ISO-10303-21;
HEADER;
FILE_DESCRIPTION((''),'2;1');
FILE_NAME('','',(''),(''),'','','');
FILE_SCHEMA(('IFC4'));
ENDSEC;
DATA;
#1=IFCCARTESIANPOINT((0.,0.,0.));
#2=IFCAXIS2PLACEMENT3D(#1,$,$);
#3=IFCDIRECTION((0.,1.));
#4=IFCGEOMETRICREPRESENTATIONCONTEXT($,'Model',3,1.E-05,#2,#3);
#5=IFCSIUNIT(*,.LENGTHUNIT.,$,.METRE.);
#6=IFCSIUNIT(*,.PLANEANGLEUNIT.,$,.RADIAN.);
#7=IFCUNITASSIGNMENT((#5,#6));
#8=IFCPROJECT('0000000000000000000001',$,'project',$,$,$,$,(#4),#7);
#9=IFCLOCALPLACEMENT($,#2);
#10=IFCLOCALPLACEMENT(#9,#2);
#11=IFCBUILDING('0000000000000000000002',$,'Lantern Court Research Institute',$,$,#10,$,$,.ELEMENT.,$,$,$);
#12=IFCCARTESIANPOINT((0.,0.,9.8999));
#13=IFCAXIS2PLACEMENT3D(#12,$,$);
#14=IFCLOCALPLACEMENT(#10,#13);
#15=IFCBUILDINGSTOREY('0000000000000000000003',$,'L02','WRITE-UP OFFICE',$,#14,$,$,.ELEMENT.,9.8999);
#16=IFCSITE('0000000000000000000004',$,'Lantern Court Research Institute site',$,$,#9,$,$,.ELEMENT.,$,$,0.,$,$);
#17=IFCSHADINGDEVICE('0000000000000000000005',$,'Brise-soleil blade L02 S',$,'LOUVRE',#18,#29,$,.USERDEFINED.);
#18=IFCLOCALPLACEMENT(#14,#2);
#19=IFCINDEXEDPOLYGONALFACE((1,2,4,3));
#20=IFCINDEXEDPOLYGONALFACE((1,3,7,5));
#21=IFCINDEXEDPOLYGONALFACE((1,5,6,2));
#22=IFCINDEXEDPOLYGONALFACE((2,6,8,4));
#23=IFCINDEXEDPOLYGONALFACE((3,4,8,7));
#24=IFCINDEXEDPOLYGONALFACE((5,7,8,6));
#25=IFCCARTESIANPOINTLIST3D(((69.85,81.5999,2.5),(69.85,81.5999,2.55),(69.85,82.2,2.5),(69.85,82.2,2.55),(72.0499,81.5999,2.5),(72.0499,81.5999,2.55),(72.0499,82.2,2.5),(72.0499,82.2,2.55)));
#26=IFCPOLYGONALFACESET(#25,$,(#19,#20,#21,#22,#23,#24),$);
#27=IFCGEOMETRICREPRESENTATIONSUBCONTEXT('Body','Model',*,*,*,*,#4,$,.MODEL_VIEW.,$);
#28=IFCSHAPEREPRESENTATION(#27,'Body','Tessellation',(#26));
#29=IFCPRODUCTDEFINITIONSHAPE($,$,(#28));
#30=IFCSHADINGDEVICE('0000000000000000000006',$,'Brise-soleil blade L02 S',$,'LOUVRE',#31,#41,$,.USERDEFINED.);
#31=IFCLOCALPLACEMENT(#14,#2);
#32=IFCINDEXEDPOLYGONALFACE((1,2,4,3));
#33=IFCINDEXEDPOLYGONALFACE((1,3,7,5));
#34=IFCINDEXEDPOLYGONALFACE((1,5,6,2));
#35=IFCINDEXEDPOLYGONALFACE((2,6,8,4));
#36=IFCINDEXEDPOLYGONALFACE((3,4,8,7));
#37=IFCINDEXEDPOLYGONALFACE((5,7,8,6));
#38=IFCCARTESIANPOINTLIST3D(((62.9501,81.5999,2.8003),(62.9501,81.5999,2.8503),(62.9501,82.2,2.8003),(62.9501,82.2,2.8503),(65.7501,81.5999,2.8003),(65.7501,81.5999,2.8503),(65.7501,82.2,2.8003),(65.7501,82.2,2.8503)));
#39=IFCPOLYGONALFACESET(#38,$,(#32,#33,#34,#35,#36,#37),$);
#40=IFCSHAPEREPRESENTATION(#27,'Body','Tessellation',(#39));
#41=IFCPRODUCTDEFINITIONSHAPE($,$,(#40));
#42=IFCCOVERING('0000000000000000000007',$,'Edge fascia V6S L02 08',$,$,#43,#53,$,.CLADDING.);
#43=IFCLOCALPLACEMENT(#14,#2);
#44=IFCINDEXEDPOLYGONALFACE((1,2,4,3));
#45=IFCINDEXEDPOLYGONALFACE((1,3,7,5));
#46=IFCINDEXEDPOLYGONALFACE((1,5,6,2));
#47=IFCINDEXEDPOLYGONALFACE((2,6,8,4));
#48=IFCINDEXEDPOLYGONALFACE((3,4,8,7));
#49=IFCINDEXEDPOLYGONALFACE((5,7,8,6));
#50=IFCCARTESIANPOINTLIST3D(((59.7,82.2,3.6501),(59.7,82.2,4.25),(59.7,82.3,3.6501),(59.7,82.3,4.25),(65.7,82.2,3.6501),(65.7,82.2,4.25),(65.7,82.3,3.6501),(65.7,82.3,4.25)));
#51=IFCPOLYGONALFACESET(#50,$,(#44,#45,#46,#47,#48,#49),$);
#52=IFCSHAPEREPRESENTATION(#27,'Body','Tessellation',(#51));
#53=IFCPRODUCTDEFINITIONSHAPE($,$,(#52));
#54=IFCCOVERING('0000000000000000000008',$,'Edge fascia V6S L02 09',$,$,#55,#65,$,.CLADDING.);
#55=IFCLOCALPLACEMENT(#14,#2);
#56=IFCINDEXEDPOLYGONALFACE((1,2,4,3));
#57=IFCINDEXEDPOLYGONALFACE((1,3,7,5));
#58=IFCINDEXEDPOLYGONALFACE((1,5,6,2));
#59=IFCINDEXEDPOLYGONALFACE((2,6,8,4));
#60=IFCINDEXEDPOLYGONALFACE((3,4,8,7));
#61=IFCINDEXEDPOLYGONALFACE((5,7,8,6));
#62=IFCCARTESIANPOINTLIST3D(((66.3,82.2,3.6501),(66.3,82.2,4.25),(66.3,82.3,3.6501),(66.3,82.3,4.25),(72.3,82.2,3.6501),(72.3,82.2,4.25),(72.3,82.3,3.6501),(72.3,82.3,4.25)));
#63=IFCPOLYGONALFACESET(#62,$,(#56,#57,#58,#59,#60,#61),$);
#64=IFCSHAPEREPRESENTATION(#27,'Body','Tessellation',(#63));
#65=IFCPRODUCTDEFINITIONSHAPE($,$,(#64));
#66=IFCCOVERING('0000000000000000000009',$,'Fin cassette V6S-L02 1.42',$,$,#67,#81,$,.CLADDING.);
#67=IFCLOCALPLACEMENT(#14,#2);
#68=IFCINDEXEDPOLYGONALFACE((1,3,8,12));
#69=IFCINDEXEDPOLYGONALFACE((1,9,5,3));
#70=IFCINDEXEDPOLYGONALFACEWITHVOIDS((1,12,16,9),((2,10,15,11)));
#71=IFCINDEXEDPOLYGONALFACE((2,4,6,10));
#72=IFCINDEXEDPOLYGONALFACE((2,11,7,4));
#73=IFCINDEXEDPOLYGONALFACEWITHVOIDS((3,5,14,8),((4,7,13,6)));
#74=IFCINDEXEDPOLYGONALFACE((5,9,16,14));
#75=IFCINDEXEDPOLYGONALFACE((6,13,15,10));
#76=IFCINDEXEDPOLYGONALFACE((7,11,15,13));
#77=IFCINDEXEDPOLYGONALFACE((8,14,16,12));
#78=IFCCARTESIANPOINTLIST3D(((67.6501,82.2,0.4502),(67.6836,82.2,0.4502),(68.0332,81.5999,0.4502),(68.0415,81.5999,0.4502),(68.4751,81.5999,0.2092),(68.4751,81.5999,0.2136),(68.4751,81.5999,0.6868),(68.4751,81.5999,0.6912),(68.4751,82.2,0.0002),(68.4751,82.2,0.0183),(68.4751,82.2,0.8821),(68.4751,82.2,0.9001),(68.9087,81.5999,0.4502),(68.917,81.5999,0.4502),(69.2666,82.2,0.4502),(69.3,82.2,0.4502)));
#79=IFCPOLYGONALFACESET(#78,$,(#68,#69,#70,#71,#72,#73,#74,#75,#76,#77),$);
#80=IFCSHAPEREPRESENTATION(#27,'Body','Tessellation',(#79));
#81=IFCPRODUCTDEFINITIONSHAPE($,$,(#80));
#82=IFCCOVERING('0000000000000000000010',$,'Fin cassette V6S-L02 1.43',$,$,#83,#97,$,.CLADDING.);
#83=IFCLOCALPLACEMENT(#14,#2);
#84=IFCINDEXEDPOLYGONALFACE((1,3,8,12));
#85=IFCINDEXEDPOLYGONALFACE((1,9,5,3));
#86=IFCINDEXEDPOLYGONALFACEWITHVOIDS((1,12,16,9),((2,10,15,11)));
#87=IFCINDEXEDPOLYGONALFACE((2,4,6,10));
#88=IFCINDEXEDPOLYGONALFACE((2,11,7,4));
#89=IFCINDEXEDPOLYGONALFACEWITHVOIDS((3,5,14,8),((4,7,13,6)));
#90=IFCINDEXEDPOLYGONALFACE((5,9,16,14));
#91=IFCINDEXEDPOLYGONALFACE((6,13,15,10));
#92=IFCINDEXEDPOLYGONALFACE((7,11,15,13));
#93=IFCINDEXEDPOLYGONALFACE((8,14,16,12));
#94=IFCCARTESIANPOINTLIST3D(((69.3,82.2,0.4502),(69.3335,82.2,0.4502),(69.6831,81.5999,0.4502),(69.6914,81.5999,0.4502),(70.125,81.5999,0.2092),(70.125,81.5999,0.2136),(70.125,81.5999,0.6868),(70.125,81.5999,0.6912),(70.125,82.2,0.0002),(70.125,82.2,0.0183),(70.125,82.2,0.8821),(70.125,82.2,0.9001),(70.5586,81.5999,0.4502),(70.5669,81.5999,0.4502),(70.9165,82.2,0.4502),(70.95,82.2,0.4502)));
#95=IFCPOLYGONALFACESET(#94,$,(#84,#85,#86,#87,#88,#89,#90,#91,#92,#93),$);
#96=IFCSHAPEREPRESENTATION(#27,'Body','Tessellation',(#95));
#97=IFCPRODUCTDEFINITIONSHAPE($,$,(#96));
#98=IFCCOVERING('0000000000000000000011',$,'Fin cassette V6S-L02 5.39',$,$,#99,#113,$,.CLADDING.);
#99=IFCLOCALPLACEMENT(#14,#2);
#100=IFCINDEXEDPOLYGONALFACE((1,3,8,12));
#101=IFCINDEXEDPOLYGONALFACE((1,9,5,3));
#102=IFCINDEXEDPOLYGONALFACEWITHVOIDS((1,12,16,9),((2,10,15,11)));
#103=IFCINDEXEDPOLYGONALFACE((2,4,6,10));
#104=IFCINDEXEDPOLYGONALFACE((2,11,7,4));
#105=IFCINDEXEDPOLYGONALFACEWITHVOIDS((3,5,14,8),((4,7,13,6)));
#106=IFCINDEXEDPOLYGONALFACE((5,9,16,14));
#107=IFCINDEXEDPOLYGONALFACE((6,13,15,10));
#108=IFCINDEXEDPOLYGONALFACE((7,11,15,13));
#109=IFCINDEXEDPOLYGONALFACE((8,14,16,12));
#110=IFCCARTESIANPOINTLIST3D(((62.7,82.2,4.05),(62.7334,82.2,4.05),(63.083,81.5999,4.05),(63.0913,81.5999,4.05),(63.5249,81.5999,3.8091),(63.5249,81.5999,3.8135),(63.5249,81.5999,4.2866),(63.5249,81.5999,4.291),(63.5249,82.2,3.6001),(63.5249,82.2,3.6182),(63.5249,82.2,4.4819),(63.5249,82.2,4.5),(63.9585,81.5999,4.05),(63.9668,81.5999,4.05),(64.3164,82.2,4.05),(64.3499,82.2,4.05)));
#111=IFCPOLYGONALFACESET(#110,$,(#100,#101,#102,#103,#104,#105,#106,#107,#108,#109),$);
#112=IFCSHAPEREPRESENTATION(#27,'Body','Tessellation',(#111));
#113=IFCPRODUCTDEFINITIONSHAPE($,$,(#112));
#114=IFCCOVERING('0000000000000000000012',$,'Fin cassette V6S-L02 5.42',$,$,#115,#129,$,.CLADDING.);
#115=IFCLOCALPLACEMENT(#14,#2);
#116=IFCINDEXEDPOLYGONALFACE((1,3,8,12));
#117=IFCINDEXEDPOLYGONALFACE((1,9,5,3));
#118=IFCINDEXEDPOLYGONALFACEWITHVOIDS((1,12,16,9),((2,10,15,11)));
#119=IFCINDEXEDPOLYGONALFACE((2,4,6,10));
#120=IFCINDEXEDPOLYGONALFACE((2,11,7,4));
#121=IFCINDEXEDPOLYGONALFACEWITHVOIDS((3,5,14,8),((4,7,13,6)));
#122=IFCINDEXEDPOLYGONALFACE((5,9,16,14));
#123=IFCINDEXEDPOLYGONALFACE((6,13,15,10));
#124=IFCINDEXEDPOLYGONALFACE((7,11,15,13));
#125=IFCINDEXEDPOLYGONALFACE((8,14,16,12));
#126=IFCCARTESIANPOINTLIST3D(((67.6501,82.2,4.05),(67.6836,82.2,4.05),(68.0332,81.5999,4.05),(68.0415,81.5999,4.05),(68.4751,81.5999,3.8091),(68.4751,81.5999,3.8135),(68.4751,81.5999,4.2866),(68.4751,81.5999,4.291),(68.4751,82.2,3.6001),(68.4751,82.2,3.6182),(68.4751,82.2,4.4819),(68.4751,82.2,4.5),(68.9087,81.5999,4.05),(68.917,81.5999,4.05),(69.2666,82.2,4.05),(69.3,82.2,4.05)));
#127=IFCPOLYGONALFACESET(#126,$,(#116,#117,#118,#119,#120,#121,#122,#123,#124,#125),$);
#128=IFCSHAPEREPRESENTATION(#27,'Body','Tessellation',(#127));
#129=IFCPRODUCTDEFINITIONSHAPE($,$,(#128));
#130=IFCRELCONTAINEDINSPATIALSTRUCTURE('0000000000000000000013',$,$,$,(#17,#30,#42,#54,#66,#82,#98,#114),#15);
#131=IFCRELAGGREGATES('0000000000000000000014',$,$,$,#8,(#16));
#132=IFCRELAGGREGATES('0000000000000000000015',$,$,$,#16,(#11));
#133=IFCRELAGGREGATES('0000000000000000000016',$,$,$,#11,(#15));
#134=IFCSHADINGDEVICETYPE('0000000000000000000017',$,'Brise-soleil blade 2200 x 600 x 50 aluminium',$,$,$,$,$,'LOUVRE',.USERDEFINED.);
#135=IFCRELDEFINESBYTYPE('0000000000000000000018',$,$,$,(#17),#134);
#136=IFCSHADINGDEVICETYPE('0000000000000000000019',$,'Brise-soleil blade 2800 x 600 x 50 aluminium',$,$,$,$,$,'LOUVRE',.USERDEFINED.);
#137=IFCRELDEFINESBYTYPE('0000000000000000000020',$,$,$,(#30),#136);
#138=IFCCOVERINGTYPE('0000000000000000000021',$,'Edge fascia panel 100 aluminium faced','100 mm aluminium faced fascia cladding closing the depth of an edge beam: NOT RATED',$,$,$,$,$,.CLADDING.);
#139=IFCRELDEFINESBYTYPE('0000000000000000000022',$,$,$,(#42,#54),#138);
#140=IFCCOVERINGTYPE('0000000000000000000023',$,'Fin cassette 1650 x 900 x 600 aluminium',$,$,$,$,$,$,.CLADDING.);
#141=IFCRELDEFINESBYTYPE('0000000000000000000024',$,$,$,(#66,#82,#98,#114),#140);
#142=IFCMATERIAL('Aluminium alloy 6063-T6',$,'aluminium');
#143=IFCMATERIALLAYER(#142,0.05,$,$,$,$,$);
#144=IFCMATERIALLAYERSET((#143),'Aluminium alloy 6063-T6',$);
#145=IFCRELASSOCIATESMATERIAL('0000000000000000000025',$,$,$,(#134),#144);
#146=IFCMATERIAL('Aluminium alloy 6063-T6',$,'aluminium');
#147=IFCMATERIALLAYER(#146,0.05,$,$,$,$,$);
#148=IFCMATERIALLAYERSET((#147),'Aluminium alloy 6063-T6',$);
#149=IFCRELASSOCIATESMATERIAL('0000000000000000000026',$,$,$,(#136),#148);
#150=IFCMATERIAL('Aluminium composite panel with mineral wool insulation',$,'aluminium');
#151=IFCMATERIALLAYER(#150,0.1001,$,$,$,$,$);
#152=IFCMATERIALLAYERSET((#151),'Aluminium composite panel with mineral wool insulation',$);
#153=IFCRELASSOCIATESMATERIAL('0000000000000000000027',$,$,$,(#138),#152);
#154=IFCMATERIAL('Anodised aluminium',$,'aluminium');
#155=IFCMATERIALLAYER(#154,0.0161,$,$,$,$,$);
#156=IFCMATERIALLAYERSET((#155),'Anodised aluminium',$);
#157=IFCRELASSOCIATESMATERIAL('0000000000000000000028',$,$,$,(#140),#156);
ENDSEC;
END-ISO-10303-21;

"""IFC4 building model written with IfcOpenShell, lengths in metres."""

from ifc_helpers import new_model, entity, si_unit, direction, frame, frame_2d, origin, origin_2d, place, context, subcontext, project, spatial, rectangle, extrude, material, layer, layer_set, type_object, element, save


model = new_model("IFC4")

# Units and contexts
model_context = context("Model", 3, precision=1e-05, world=origin(), true_north=direction((0.0, 1.0)))
body_context = subcontext(model_context, "Body", "Model", "MODEL_VIEW")
ifc_project = project(units=[si_unit("LENGTHUNIT", "METRE"), si_unit("PLANEANGLEUNIT", "RADIAN")], contexts=[model_context])

# Site, building, storey
site_placement = place(None, origin())
site = spatial("IfcSite", under=ifc_project, at=site_placement, Name="Lantern Court Research Institute site", CompositionType="ELEMENT", RefElevation=0.0)
building_placement = place(site_placement, origin())
building = spatial("IfcBuilding", under=site, at=building_placement, Name="Lantern Court Research Institute", CompositionType="ELEMENT")
storey_placement = place(building_placement, frame((0.0, 0.0, 9.8999)))
storey = spatial("IfcBuildingStorey", under=building, at=storey_placement, Name="L02", Description="WRITE-UP OFFICE", CompositionType="ELEMENT", Elevation=9.8999)

# Shading devices
ifc_material_1 = material(Name="Aluminium alloy 6063-T6", Category="aluminium")
ifc_layer_1 = layer(ifc_material_1, 0.05)
ifc_layer_set_1 = layer_set([ifc_layer_1], Name="Aluminium alloy 6063-T6")
shading_device_type_1 = type_object("IfcShadingDeviceType", Name="Brise-soleil blade 2200 x 600 x 50 aluminium", ElementType="LOUVRE", PredefinedType="USERDEFINED", material=ifc_layer_set_1)
for number, where, z_axis, x_axis, name in (
    (1, (70.95, 81.8999, 2.5), (0.0, 0.0, 1.0), (-1.0, 0.0, 0.0), "Brise-soleil blade L02 S"),
):
    element("IfcShadingDevice", number, at=place(storey_placement, frame(where, z_axis=z_axis, x_axis=x_axis)), inside=storey, type_object=shading_device_type_1, Name=name, ObjectType="LOUVRE", PredefinedType="USERDEFINED", context=body_context, shape_type="SweptSolid", body=[
        extrude(rectangle(XDim=2.2, YDim=0.6001, at=origin_2d()), origin(), (0.0, 0.0, 1.0), 0.05),
    ])
ifc_material_2 = material(Name="Aluminium alloy 6063-T6", Category="aluminium")
ifc_layer_2 = layer(ifc_material_2, 0.05)
ifc_layer_set_2 = layer_set([ifc_layer_2], Name="Aluminium alloy 6063-T6")
shading_device_type_2 = type_object("IfcShadingDeviceType", Name="Brise-soleil blade 2800 x 600 x 50 aluminium", ElementType="LOUVRE", PredefinedType="USERDEFINED", material=ifc_layer_set_2)
shading_device_placement = place(storey_placement, frame((64.3501, 81.8999, 2.8003), z_axis=(0.0, 0.0, 1.0), x_axis=(-1.0, 0.0, 0.0)))
element("IfcShadingDevice", 2, at=shading_device_placement, inside=storey, type_object=shading_device_type_2, Name="Brise-soleil blade L02 S", ObjectType="LOUVRE", PredefinedType="USERDEFINED", context=body_context, shape_type="SweptSolid", body=[
    extrude(rectangle(XDim=2.8, YDim=0.6001, at=origin_2d()), origin(), (0.0, 0.0, 1.0), 0.05),
])

# Coverings
ifc_material_3 = material(Name="Aluminium composite panel with mineral wool insulation", Category="aluminium")
ifc_layer_3 = layer(ifc_material_3, 0.1001)
ifc_layer_set_3 = layer_set([ifc_layer_3], Name="Aluminium composite panel with mineral wool insulation")
covering_type_1 = type_object("IfcCoveringType", Name="Edge fascia panel 100 aluminium faced", Description="100 mm aluminium faced fascia cladding closing the depth of an edge beam: NOT RATED", PredefinedType="CLADDING", material=ifc_layer_set_3)
for number, where, z_axis, x_axis, name in (
    (3, (65.7, 82.25, 3.6501), (0.0, 0.0, 1.0), (-1.0, 0.0, 0.0), "Edge fascia V6S L02 08"),
    (4, (72.3, 82.25, 3.6501), (0.0, 0.0, 1.0), (-1.0, 0.0, 0.0), "Edge fascia V6S L02 09"),
):
    element("IfcCovering", number, at=place(storey_placement, frame(where, z_axis=z_axis, x_axis=x_axis)), inside=storey, type_object=covering_type_1, Name=name, PredefinedType="CLADDING", context=body_context, shape_type="SweptSolid", body=[
        extrude(rectangle(XDim=6.0, YDim=0.1001, at=frame_2d((3.0, 0.0))), origin(), (0.0, 0.0, 1.0), 0.5999),
    ])
ifc_material_4 = material(Name="Anodised aluminium", Category="aluminium")
ifc_layer_4 = layer(ifc_material_4, 0.0161)
ifc_layer_set_4 = layer_set([ifc_layer_4], Name="Anodised aluminium")
covering_type_2 = type_object("IfcCoveringType", Name="Fin cassette 1650 x 900 x 600 aluminium", PredefinedType="CLADDING", material=ifc_layer_set_4)
covering_1_placement = place(storey_placement, frame((68.4751, 82.2, 0.4502), z_axis=(0.0, -1.0, 0.0), x_axis=(1.0, 0.0, 0.0)))
cartesian_point_1 = entity("IfcCartesianPoint", [0.825, 0.0])
cartesian_point_2 = entity("IfcCartesianPoint", [0.7915, 0.0])
cartesian_point_3 = entity("IfcCartesianPoint", [0.4419, 0.0])
cartesian_point_4 = entity("IfcCartesianPoint", [0.4336, 0.0])
element("IfcCovering", 5, at=covering_1_placement, inside=storey, type_object=covering_type_2, Name="Fin cassette V6S-L02 1.42", PredefinedType="CLADDING", context=body_context, shape_type="SweptSolid", body=[
    entity("IfcExtrudedAreaSolidTapered", entity("IfcArbitraryProfileDefWithVoids", "AREA", None, entity("IfcPolyline", [cartesian_point_1, entity("IfcCartesianPoint", [0.0, 0.45]), entity("IfcCartesianPoint", [-0.825, 0.0]), entity("IfcCartesianPoint", [0.0, -0.45]), cartesian_point_1]), [entity("IfcPolyline", [cartesian_point_2, entity("IfcCartesianPoint", [0.0, 0.4319]), entity("IfcCartesianPoint", [-0.7915, 0.0]), entity("IfcCartesianPoint", [0.0, -0.4319]), cartesian_point_2])]), entity("IfcAxis2Placement3D", entity("IfcCartesianPoint", [0.0, 0.0, 0.0])), entity("IfcDirection", [0.0, 0.0, 1.0]), 0.6001, entity("IfcArbitraryProfileDefWithVoids", "AREA", None, entity("IfcPolyline", [cartesian_point_3, entity("IfcCartesianPoint", [0.0, 0.241]), entity("IfcCartesianPoint", [-0.4419, 0.0]), entity("IfcCartesianPoint", [0.0, -0.241]), cartesian_point_3]), [entity("IfcPolyline", [cartesian_point_4, entity("IfcCartesianPoint", [0.0, 0.2366]), entity("IfcCartesianPoint", [-0.4336, 0.0]), entity("IfcCartesianPoint", [0.0, -0.2366]), cartesian_point_4])])),
])
covering_2_placement = place(storey_placement, frame((70.125, 82.2, 0.4502), z_axis=(0.0, -1.0, 0.0), x_axis=(1.0, 0.0, 0.0)))
cartesian_point_5 = entity("IfcCartesianPoint", [0.825, 0.0])
cartesian_point_6 = entity("IfcCartesianPoint", [0.7915, 0.0])
cartesian_point_7 = entity("IfcCartesianPoint", [0.4419, 0.0])
cartesian_point_8 = entity("IfcCartesianPoint", [0.4336, 0.0])
element("IfcCovering", 6, at=covering_2_placement, inside=storey, type_object=covering_type_2, Name="Fin cassette V6S-L02 1.43", PredefinedType="CLADDING", context=body_context, shape_type="SweptSolid", body=[
    entity("IfcExtrudedAreaSolidTapered", entity("IfcArbitraryProfileDefWithVoids", "AREA", None, entity("IfcPolyline", [cartesian_point_5, entity("IfcCartesianPoint", [0.0, 0.45]), entity("IfcCartesianPoint", [-0.825, 0.0]), entity("IfcCartesianPoint", [0.0, -0.45]), cartesian_point_5]), [entity("IfcPolyline", [cartesian_point_6, entity("IfcCartesianPoint", [0.0, 0.4319]), entity("IfcCartesianPoint", [-0.7915, 0.0]), entity("IfcCartesianPoint", [0.0, -0.4319]), cartesian_point_6])]), entity("IfcAxis2Placement3D", entity("IfcCartesianPoint", [0.0, 0.0, 0.0])), entity("IfcDirection", [0.0, 0.0, 1.0]), 0.6001, entity("IfcArbitraryProfileDefWithVoids", "AREA", None, entity("IfcPolyline", [cartesian_point_7, entity("IfcCartesianPoint", [0.0, 0.241]), entity("IfcCartesianPoint", [-0.4419, 0.0]), entity("IfcCartesianPoint", [0.0, -0.241]), cartesian_point_7]), [entity("IfcPolyline", [cartesian_point_8, entity("IfcCartesianPoint", [0.0, 0.2366]), entity("IfcCartesianPoint", [-0.4336, 0.0]), entity("IfcCartesianPoint", [0.0, -0.2366]), cartesian_point_8])])),
])
covering_3_placement = place(storey_placement, frame((63.5249, 82.2, 4.05), z_axis=(0.0, -1.0, 0.0), x_axis=(1.0, 0.0, 0.0)))
cartesian_point_9 = entity("IfcCartesianPoint", [0.825, 0.0])
cartesian_point_10 = entity("IfcCartesianPoint", [0.7915, 0.0])
cartesian_point_11 = entity("IfcCartesianPoint", [0.4419, 0.0])
cartesian_point_12 = entity("IfcCartesianPoint", [0.4336, 0.0])
element("IfcCovering", 7, at=covering_3_placement, inside=storey, type_object=covering_type_2, Name="Fin cassette V6S-L02 5.39", PredefinedType="CLADDING", context=body_context, shape_type="SweptSolid", body=[
    entity("IfcExtrudedAreaSolidTapered", entity("IfcArbitraryProfileDefWithVoids", "AREA", None, entity("IfcPolyline", [cartesian_point_9, entity("IfcCartesianPoint", [0.0, 0.45]), entity("IfcCartesianPoint", [-0.825, 0.0]), entity("IfcCartesianPoint", [0.0, -0.45]), cartesian_point_9]), [entity("IfcPolyline", [cartesian_point_10, entity("IfcCartesianPoint", [0.0, 0.4319]), entity("IfcCartesianPoint", [-0.7915, 0.0]), entity("IfcCartesianPoint", [0.0, -0.4319]), cartesian_point_10])]), entity("IfcAxis2Placement3D", entity("IfcCartesianPoint", [0.0, 0.0, 0.0])), entity("IfcDirection", [0.0, 0.0, 1.0]), 0.6001, entity("IfcArbitraryProfileDefWithVoids", "AREA", None, entity("IfcPolyline", [cartesian_point_11, entity("IfcCartesianPoint", [0.0, 0.241]), entity("IfcCartesianPoint", [-0.4419, 0.0]), entity("IfcCartesianPoint", [0.0, -0.241]), cartesian_point_11]), [entity("IfcPolyline", [cartesian_point_12, entity("IfcCartesianPoint", [0.0, 0.2366]), entity("IfcCartesianPoint", [-0.4336, 0.0]), entity("IfcCartesianPoint", [0.0, -0.2366]), cartesian_point_12])])),
])
covering_4_placement = place(storey_placement, frame((68.4751, 82.2, 4.05), z_axis=(0.0, -1.0, 0.0), x_axis=(1.0, 0.0, 0.0)))
cartesian_point_13 = entity("IfcCartesianPoint", [0.825, 0.0])
cartesian_point_14 = entity("IfcCartesianPoint", [0.7915, 0.0])
cartesian_point_15 = entity("IfcCartesianPoint", [0.4419, 0.0])
cartesian_point_16 = entity("IfcCartesianPoint", [0.4336, 0.0])
element("IfcCovering", 8, at=covering_4_placement, inside=storey, type_object=covering_type_2, Name="Fin cassette V6S-L02 5.42", PredefinedType="CLADDING", context=body_context, shape_type="SweptSolid", body=[
    entity("IfcExtrudedAreaSolidTapered", entity("IfcArbitraryProfileDefWithVoids", "AREA", None, entity("IfcPolyline", [cartesian_point_13, entity("IfcCartesianPoint", [0.0, 0.45]), entity("IfcCartesianPoint", [-0.825, 0.0]), entity("IfcCartesianPoint", [0.0, -0.45]), cartesian_point_13]), [entity("IfcPolyline", [cartesian_point_14, entity("IfcCartesianPoint", [0.0, 0.4319]), entity("IfcCartesianPoint", [-0.7915, 0.0]), entity("IfcCartesianPoint", [0.0, -0.4319]), cartesian_point_14])]), entity("IfcAxis2Placement3D", entity("IfcCartesianPoint", [0.0, 0.0, 0.0])), entity("IfcDirection", [0.0, 0.0, 1.0]), 0.6001, entity("IfcArbitraryProfileDefWithVoids", "AREA", None, entity("IfcPolyline", [cartesian_point_15, entity("IfcCartesianPoint", [0.0, 0.241]), entity("IfcCartesianPoint", [-0.4419, 0.0]), entity("IfcCartesianPoint", [0.0, -0.241]), cartesian_point_15]), [entity("IfcPolyline", [cartesian_point_16, entity("IfcCartesianPoint", [0.0, 0.2366]), entity("IfcCartesianPoint", [-0.4336, 0.0]), entity("IfcCartesianPoint", [0.0, -0.2366]), cartesian_point_16])])),
])

save(model, "model.ifc")
